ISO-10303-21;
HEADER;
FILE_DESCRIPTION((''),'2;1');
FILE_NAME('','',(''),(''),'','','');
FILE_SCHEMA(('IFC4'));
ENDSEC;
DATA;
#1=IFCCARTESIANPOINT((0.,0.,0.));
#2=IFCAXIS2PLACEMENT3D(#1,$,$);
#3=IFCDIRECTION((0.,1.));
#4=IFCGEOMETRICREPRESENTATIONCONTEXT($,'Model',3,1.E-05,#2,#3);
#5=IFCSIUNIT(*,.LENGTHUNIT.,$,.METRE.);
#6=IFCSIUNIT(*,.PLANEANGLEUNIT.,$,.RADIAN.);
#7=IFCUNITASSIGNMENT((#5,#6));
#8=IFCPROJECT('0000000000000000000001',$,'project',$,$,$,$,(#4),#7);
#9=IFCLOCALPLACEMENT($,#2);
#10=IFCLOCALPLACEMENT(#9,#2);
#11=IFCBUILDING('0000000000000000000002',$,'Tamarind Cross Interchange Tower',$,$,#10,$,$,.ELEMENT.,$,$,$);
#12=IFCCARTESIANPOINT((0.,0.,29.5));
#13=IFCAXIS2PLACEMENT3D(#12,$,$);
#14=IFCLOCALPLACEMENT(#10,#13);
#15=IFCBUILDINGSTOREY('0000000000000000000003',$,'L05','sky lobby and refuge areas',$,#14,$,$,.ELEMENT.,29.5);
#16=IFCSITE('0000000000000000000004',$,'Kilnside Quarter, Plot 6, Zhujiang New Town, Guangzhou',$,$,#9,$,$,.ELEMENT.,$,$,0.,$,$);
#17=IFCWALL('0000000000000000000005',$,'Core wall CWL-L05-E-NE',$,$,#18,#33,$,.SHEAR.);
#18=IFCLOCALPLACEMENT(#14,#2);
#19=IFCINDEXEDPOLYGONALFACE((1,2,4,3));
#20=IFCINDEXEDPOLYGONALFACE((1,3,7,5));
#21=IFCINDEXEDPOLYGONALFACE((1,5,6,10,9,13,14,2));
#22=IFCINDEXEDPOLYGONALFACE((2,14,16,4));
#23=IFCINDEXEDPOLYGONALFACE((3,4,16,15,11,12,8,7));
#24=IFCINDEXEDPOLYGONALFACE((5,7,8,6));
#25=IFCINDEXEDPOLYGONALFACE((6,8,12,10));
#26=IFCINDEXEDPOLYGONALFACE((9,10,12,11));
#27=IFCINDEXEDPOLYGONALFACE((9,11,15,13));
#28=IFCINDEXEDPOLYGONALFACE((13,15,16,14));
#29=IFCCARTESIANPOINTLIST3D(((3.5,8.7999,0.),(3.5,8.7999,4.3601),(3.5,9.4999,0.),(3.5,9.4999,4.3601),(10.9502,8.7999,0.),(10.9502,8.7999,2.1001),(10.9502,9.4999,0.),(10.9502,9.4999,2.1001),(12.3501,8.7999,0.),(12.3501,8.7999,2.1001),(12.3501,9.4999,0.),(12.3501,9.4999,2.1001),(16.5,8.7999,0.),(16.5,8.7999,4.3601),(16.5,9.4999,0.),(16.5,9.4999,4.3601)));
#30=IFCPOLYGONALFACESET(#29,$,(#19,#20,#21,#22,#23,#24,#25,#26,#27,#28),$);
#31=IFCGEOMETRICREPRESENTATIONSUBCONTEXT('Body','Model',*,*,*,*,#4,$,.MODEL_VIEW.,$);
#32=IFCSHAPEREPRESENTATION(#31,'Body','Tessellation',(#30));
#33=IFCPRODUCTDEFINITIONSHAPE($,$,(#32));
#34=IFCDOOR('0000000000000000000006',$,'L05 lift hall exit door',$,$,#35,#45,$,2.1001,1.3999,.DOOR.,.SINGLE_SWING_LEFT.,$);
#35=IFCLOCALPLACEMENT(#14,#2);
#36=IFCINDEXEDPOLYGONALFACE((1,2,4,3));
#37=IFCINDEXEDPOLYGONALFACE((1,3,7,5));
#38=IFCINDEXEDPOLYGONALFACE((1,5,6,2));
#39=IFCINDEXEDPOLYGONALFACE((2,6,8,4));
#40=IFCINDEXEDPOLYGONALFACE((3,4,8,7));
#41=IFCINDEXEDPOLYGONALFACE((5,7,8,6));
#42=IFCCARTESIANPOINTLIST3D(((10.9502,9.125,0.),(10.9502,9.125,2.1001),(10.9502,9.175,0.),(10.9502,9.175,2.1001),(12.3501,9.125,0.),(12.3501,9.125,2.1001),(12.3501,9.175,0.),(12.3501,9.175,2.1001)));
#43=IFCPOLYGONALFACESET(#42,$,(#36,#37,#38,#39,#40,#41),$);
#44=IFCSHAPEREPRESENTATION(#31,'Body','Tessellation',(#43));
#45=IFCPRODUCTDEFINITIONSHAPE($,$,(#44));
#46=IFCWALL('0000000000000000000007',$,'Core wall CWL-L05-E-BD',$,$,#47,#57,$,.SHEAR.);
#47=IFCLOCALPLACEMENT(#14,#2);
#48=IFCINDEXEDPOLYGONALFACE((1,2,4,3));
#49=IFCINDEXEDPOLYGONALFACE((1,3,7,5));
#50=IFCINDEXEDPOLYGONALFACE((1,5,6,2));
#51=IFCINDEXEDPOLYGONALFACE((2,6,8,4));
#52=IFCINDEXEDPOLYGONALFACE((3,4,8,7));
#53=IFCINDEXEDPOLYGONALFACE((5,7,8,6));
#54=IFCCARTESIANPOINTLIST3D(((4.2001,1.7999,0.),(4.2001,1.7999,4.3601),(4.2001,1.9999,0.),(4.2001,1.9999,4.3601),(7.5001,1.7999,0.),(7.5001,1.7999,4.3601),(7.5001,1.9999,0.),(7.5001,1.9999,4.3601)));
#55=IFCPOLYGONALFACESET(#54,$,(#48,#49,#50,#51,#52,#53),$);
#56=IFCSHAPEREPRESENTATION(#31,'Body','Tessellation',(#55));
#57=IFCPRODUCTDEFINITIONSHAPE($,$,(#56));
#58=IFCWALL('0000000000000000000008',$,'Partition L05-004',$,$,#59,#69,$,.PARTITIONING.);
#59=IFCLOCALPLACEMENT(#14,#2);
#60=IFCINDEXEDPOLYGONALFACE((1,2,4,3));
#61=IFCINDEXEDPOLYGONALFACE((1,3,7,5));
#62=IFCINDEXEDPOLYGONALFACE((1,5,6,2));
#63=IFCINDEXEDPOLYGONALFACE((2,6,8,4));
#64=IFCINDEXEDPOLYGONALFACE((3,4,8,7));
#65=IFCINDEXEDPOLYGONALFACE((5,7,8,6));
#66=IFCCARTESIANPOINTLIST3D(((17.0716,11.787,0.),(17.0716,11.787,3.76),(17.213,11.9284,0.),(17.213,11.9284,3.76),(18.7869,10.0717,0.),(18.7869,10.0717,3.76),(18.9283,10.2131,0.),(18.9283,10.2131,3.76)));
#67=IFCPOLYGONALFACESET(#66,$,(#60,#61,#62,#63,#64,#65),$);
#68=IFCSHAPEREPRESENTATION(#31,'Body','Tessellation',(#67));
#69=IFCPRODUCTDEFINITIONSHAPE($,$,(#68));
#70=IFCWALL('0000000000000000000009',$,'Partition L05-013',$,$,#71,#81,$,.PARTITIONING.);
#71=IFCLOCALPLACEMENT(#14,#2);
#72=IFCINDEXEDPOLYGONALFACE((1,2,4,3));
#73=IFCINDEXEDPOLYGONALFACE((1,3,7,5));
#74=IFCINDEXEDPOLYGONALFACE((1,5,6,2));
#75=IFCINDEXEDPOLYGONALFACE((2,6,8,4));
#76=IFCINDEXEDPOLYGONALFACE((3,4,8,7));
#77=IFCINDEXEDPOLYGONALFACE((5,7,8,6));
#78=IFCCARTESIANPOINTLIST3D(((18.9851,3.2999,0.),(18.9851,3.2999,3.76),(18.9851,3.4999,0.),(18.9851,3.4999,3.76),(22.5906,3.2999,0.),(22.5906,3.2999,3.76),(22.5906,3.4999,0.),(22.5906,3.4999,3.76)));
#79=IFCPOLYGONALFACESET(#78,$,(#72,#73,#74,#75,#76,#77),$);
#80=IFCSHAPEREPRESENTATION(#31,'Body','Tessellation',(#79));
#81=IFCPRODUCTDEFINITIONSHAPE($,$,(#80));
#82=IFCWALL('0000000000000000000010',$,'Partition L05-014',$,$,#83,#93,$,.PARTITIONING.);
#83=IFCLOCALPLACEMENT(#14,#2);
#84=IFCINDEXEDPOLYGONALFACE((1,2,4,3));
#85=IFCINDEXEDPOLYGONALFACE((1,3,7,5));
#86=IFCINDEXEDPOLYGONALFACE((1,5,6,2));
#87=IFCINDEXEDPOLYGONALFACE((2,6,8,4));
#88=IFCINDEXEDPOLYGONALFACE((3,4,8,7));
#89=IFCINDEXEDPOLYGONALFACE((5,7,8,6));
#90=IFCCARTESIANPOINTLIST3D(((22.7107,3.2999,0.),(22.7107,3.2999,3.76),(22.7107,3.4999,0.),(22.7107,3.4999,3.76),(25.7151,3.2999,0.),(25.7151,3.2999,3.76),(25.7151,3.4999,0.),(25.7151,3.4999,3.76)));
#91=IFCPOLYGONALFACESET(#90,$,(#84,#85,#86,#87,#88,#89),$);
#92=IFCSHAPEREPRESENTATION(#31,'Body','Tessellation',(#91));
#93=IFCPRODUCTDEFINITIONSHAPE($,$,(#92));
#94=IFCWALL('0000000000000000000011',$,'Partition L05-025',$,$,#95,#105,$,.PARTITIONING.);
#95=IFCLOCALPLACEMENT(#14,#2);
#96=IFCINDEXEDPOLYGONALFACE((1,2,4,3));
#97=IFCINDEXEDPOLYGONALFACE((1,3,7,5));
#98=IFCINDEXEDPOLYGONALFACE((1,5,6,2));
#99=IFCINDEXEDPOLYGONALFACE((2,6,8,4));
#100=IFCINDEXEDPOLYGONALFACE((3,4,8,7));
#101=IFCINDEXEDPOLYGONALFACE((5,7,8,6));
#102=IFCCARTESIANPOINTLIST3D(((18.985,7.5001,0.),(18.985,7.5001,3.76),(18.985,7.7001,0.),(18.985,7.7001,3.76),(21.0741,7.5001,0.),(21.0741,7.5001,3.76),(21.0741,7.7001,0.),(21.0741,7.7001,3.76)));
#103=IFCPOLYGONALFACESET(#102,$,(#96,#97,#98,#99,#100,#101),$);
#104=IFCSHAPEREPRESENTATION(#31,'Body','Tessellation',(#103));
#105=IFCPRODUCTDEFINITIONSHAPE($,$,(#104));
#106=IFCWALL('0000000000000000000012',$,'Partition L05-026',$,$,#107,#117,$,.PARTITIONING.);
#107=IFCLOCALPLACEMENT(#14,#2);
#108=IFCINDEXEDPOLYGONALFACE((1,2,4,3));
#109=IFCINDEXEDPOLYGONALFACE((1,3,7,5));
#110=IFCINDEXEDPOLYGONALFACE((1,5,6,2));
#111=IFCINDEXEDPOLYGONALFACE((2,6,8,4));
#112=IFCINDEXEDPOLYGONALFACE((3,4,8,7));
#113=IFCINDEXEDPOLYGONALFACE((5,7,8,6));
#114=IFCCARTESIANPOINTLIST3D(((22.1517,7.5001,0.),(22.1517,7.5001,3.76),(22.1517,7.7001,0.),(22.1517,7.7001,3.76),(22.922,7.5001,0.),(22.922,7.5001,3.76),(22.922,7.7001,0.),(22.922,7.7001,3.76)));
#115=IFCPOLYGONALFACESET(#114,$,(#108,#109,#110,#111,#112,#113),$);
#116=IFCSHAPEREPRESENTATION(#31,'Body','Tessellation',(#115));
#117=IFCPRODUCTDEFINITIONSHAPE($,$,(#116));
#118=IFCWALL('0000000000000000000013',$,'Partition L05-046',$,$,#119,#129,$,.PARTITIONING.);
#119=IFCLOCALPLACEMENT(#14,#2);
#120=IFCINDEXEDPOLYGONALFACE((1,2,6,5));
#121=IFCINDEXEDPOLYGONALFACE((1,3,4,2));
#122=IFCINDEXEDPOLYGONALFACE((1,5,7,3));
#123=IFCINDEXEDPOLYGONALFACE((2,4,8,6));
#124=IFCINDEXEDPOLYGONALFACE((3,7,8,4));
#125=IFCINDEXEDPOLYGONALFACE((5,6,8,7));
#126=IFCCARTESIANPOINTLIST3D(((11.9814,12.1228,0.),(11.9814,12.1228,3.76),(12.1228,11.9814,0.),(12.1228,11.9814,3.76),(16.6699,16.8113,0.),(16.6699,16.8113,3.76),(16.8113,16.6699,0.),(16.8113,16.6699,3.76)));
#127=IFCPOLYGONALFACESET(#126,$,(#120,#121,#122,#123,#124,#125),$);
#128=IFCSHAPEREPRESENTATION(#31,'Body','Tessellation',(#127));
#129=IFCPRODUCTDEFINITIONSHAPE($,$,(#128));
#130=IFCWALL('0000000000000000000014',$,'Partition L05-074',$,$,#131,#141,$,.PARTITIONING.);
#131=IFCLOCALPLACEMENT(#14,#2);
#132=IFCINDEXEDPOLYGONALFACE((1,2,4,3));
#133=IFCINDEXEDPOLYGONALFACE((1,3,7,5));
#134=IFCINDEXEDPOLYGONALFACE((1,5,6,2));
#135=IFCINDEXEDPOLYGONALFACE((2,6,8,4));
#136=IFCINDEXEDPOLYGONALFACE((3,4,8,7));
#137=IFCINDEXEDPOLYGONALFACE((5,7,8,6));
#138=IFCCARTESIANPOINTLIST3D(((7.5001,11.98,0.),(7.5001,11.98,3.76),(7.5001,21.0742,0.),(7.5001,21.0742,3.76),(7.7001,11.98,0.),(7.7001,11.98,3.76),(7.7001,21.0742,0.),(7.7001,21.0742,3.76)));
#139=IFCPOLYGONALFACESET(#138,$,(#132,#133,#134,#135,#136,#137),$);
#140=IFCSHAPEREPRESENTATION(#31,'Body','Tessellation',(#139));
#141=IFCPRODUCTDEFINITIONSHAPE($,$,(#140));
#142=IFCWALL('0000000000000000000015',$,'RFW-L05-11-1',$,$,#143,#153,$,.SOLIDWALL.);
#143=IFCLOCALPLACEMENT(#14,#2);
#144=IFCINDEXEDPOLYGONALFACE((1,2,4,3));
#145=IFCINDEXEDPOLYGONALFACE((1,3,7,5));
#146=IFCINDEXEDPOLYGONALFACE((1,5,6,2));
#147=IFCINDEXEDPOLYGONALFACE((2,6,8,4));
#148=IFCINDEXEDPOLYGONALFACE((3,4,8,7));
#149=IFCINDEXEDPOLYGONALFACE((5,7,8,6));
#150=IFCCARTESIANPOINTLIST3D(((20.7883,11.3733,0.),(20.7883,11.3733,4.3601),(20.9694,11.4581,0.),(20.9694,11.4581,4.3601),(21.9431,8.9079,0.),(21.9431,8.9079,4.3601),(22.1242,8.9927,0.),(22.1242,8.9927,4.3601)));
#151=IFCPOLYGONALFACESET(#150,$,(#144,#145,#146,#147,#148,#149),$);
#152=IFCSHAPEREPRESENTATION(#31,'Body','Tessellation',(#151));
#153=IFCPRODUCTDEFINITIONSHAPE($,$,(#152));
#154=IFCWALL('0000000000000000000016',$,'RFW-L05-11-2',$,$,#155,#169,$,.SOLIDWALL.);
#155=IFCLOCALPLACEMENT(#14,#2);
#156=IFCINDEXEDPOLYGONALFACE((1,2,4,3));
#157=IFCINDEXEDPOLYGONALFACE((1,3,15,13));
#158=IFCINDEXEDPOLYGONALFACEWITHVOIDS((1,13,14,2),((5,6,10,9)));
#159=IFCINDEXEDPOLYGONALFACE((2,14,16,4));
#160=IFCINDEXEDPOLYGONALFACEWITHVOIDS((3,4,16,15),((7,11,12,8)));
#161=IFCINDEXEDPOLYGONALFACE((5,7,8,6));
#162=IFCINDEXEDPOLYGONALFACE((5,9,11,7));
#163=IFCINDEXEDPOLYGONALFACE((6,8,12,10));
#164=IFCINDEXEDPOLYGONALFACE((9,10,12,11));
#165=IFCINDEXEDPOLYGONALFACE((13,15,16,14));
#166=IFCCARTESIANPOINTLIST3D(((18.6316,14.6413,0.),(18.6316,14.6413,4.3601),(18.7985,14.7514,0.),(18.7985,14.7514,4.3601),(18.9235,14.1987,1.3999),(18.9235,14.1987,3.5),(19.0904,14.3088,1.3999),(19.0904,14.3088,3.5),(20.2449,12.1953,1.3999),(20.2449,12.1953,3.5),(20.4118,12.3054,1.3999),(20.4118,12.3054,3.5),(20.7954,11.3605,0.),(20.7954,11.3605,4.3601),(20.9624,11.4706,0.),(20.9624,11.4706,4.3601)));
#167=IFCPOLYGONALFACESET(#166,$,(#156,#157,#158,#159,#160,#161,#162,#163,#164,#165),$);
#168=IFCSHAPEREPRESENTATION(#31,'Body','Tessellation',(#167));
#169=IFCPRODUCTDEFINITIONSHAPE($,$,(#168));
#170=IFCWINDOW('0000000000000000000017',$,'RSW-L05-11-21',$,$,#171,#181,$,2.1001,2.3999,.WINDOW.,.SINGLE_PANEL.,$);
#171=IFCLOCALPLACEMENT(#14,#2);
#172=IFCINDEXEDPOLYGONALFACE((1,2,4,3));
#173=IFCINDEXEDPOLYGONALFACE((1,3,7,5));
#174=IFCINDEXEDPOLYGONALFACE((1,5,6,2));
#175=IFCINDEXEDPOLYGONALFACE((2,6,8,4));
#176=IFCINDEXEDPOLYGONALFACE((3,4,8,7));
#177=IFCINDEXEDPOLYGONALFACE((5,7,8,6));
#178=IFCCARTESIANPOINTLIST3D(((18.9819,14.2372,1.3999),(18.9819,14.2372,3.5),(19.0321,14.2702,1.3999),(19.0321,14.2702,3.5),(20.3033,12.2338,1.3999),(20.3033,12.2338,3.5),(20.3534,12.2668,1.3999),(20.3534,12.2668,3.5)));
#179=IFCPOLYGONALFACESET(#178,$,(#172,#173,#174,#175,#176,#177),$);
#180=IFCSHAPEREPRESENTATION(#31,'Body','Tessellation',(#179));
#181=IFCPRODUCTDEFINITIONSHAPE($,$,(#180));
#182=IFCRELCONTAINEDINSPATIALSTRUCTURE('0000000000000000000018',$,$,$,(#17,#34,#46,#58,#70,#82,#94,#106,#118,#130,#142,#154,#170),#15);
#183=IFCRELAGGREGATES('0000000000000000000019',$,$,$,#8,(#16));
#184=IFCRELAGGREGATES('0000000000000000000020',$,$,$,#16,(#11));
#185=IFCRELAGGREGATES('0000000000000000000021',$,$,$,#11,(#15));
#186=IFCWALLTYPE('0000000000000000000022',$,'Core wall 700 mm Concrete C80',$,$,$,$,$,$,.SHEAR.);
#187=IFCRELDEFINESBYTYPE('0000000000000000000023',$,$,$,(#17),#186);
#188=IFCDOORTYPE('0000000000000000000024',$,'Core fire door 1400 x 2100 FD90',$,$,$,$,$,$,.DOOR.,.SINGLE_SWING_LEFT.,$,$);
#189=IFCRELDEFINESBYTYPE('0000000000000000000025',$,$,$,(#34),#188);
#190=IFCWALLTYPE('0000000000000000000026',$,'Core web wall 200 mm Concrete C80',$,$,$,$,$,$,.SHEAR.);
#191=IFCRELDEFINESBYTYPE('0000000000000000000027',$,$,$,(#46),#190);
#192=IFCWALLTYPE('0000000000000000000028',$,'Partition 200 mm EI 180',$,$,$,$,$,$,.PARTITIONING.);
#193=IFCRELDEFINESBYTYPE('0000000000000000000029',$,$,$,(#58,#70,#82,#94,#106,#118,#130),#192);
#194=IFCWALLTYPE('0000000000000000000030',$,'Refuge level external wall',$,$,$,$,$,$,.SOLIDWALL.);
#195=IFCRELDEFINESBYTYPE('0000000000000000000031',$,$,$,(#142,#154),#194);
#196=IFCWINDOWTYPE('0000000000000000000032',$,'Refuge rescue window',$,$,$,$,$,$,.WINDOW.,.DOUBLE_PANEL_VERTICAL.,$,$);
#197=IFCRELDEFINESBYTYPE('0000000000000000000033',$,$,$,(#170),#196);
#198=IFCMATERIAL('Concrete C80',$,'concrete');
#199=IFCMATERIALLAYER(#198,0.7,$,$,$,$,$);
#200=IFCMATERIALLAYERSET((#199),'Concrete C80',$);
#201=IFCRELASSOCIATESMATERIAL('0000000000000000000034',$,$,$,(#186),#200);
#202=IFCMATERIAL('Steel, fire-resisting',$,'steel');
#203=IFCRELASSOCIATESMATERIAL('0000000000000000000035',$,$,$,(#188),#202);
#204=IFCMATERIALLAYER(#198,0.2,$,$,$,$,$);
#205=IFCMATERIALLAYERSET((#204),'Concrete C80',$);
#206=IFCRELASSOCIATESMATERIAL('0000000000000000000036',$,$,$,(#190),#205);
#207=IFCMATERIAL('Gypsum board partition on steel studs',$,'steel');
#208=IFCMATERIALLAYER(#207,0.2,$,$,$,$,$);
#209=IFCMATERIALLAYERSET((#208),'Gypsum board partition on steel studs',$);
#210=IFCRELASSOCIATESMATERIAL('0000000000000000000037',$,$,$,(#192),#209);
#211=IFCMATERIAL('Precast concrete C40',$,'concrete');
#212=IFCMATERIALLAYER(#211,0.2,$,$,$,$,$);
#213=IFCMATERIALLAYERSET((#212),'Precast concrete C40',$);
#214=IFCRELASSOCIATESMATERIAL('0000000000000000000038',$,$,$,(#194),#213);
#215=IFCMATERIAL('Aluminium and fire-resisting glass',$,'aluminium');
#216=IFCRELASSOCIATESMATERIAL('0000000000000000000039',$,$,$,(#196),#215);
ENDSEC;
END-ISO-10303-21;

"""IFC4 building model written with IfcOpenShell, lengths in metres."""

from ifc_helpers import new_model, si_unit, direction, frame, frame_2d, origin, place, context, subcontext, project, spatial, rectangle, extrude, material, layer, layer_set, type_object, element, fill, save


model = new_model("IFC4")

# Units and contexts
model_context = context("Model", 3, precision=1e-05, world=origin(), true_north=direction((0.0, 1.0)))
body_context = subcontext(model_context, "Body", "Model", "MODEL_VIEW")
ifc_project = project(units=[si_unit("LENGTHUNIT", "METRE"), si_unit("PLANEANGLEUNIT", "RADIAN")], contexts=[model_context])

# Site, building, storey
site_placement = place(None, origin())
site = spatial("IfcSite", under=ifc_project, at=site_placement, Name="Kilnside Quarter, Plot 6, Zhujiang New Town, Guangzhou", CompositionType="ELEMENT", RefElevation=0.0)
building_placement = place(site_placement, origin())
building = spatial("IfcBuilding", under=site, at=building_placement, Name="Tamarind Cross Interchange Tower", CompositionType="ELEMENT")
storey_placement = place(building_placement, frame((0.0, 0.0, 29.5)))
storey = spatial("IfcBuildingStorey", under=building, at=storey_placement, Name="L05", Description="sky lobby and refuge areas", CompositionType="ELEMENT", Elevation=29.5)

# Wall, opening, door
ifc_material_1 = material(Name="Concrete C80", Category="concrete")
ifc_layer_1 = layer(ifc_material_1, 0.7)
ifc_layer_set_1 = layer_set([ifc_layer_1], Name="Concrete C80")
wall_type_1 = type_object("IfcWallType", Name="Core wall 700 mm Concrete C80", PredefinedType="SHEAR", material=ifc_layer_set_1)
wall_1_placement = place(storey_placement, frame((16.5, 9.1499, 0.0), z_axis=(0.0, 0.0, 1.0), x_axis=(-1.0, 0.0, 0.0)))
wall_1 = element("IfcWall", 1, at=wall_1_placement, inside=storey, type_object=wall_type_1, Name="Core wall CWL-L05-E-NE", PredefinedType="SHEAR", context=body_context, shape_type="SweptSolid", body=[
    extrude(rectangle(XDim=13.0, YDim=0.7, at=frame_2d((6.5, 0.0))), origin(), (0.0, 0.0, 1.0), 4.3601),
])
opening_1_placement = place(wall_1_placement, frame((4.1499, 0.0, 0.0)))
opening_1 = element("IfcOpeningElement", 2, at=opening_1_placement, cuts=wall_1, PredefinedType="OPENING", context=body_context, shape_type="SweptSolid", body=[
    extrude(rectangle(XDim=1.3999, YDim=2.1001, at=frame_2d((0.7, 1.05))), frame((0.0, 0.3599, 0.0), z_axis=(0.0, -1.0, 0.0), x_axis=(1.0, 0.0, 0.0)), (0.0, 0.0, 1.0), 0.72),
])
ifc_material_2 = material(Name="Steel, fire-resisting", Category="steel")
door_type = type_object("IfcDoorType", Name="Core fire door 1400 x 2100 FD90", OperationType="SINGLE_SWING_LEFT", PredefinedType="DOOR", material=ifc_material_2)
door_placement = place(opening_1_placement, origin())
door = element("IfcDoor", 3, at=door_placement, inside=storey, type_object=door_type, Name="L05 lift hall exit door", OperationType="SINGLE_SWING_LEFT", OverallHeight=2.1001, OverallWidth=1.3999, PredefinedType="DOOR", context=body_context, shape_type="SweptSolid", body=[
    extrude(rectangle(XDim=1.3999, YDim=2.1001, at=frame_2d((0.7, 1.05))), frame((0.0, 0.0249, 0.0), z_axis=(0.0, -1.0, 0.0), x_axis=(1.0, 0.0, 0.0)), (0.0, 0.0, 1.0), 0.05),
])
fill(opening_1, door)

# Walls
ifc_layer_2 = layer(ifc_material_1, 0.2)
ifc_layer_set_2 = layer_set([ifc_layer_2], Name="Concrete C80")
wall_type_2 = type_object("IfcWallType", Name="Core web wall 200 mm Concrete C80", PredefinedType="SHEAR", material=ifc_layer_set_2)
wall_2_placement = place(storey_placement, frame((7.5, 1.8999, 0.0), z_axis=(0.0, 0.0, 1.0), x_axis=(-1.0, 0.0, 0.0)))
element("IfcWall", 4, at=wall_2_placement, inside=storey, type_object=wall_type_2, Name="Core wall CWL-L05-E-BD", PredefinedType="SHEAR", context=body_context, shape_type="SweptSolid", body=[
    extrude(rectangle(XDim=3.3, YDim=0.2, at=frame_2d((1.6499, 0.0))), origin(), (0.0, 0.0, 1.0), 4.3601),
])
ifc_material_3 = material(Name="Gypsum board partition on steel studs", Category="steel")
ifc_layer_3 = layer(ifc_material_3, 0.2)
ifc_layer_set_3 = layer_set([ifc_layer_3], Name="Gypsum board partition on steel studs")
wall_type_3 = type_object("IfcWallType", Name="Partition 200 mm EI 180", PredefinedType="PARTITIONING", material=ifc_layer_set_3)
wall_3_placement = place(storey_placement, frame((17.1423, 11.8577, 0.0), z_axis=(0.0, 0.0, 1.0), x_axis=(0.707107, -0.707107, 0.0)))
element("IfcWall", 5, at=wall_3_placement, inside=storey, type_object=wall_type_3, Name="Partition L05-004", PredefinedType="PARTITIONING", context=body_context, shape_type="SweptSolid", body=[
    extrude(rectangle(XDim=2.4258, YDim=0.2, at=frame_2d((1.2129, 0.0))), origin(), (0.0, 0.0, 1.0), 3.76),
])
wall_4_placement = place(storey_placement, frame((18.9851, 3.3999, 0.0), z_axis=(0.0, 0.0, 1.0), x_axis=(1.0, 0.0, 0.0)))
element("IfcWall", 6, at=wall_4_placement, inside=storey, type_object=wall_type_3, Name="Partition L05-013", PredefinedType="PARTITIONING", context=body_context, shape_type="SweptSolid", body=[
    extrude(rectangle(XDim=3.6055, YDim=0.2, at=frame_2d((1.8027, 0.0))), origin(), (0.0, 0.0, 1.0), 3.76),
])
wall_5_placement = place(storey_placement, frame((22.7107, 3.3999, 0.0), z_axis=(0.0, 0.0, 1.0), x_axis=(1.0, 0.0, 0.0)))
element("IfcWall", 7, at=wall_5_placement, inside=storey, type_object=wall_type_3, Name="Partition L05-014", PredefinedType="PARTITIONING", context=body_context, shape_type="SweptSolid", body=[
    extrude(rectangle(XDim=3.0044, YDim=0.2, at=frame_2d((1.5022, 0.0))), origin(), (0.0, 0.0, 1.0), 3.76),
])
wall_6_placement = place(storey_placement, frame((18.9851, 7.6001, 0.0), z_axis=(0.0, 0.0, 1.0), x_axis=(1.0, 0.0, 0.0)))
element("IfcWall", 8, at=wall_6_placement, inside=storey, type_object=wall_type_3, Name="Partition L05-025", PredefinedType="PARTITIONING", context=body_context, shape_type="SweptSolid", body=[
    extrude(rectangle(XDim=2.0891, YDim=0.2, at=frame_2d((1.0444, 0.0))), origin(), (0.0, 0.0, 1.0), 3.76),
])
wall_7_placement = place(storey_placement, frame((22.1516, 7.6001, 0.0), z_axis=(0.0, 0.0, 1.0), x_axis=(1.0, 0.0, 0.0)))
element("IfcWall", 9, at=wall_7_placement, inside=storey, type_object=wall_type_3, Name="Partition L05-026", PredefinedType="PARTITIONING", context=body_context, shape_type="SweptSolid", body=[
    extrude(rectangle(XDim=0.7703, YDim=0.2, at=frame_2d((0.3853, 0.0))), origin(), (0.0, 0.0, 1.0), 3.76),
])
wall_8_placement = place(storey_placement, frame((12.052, 12.052, 0.0), z_axis=(0.0, 0.0, 1.0), x_axis=(0.707107, 0.707107, 0.0)))
element("IfcWall", 10, at=wall_8_placement, inside=storey, type_object=wall_type_3, Name="Partition L05-046", PredefinedType="PARTITIONING", context=body_context, shape_type="SweptSolid", body=[
    extrude(rectangle(XDim=6.6306, YDim=0.2, at=frame_2d((3.3154, 0.0))), origin(), (0.0, 0.0, 1.0), 3.76),
])
wall_9_placement = place(storey_placement, frame((7.6001, 11.98, 0.0), z_axis=(0.0, 0.0, 1.0), x_axis=(0.0, 1.0, 0.0)))
element("IfcWall", 11, at=wall_9_placement, inside=storey, type_object=wall_type_3, Name="Partition L05-074", PredefinedType="PARTITIONING", context=body_context, shape_type="SweptSolid", body=[
    extrude(rectangle(XDim=9.0942, YDim=0.2, at=frame_2d((4.5471, 0.0))), origin(), (0.0, 0.0, 1.0), 3.76),
])
ifc_material_4 = material(Name="Precast concrete C40", Category="concrete")
ifc_layer_4 = layer(ifc_material_4, 0.2)
ifc_layer_set_4 = layer_set([ifc_layer_4], Name="Precast concrete C40")
wall_type_4 = type_object("IfcWallType", Name="Refuge level external wall", PredefinedType="SOLIDWALL", material=ifc_layer_set_4)
wall_10_placement = place(storey_placement, frame((22.0337, 8.9502, 0.0), z_axis=(0.0, 0.0, 1.0), x_axis=(-0.424181, 0.905577, 0.0)))
element("IfcWall", 12, at=wall_10_placement, inside=storey, type_object=wall_type_4, Name="RFW-L05-11-1", PredefinedType="SOLIDWALL", context=body_context, shape_type="SweptSolid", body=[
    extrude(rectangle(XDim=2.7224, YDim=0.2, at=frame_2d((1.3613, 0.0))), origin(), (0.0, 0.0, 1.0), 4.3601),
])

# Wall, opening, window
wall_11_placement = place(storey_placement, frame((20.8789, 11.4155, 0.0), z_axis=(0.0, 0.0, 1.0), x_axis=(-0.550579, 0.834783, 0.0)))
wall_11 = element("IfcWall", 13, at=wall_11_placement, inside=storey, type_object=wall_type_4, Name="RFW-L05-11-2", PredefinedType="SOLIDWALL", context=body_context, shape_type="SweptSolid", body=[
    extrude(rectangle(XDim=3.9302, YDim=0.2, at=frame_2d((1.9651, 0.0))), origin(), (0.0, 0.0, 1.0), 4.3601),
])
opening_2_placement = place(wall_11_placement, frame((1.0, 0.0, 1.3999)))
opening_2 = element("IfcOpeningElement", 14, at=opening_2_placement, cuts=wall_11, PredefinedType="OPENING", context=body_context, shape_type="SweptSolid", body=[
    extrude(rectangle(XDim=2.3999, YDim=2.1001, at=frame_2d((1.2, 1.05))), frame((0.0, 0.1099, 0.0), z_axis=(0.0, -1.0, 0.0), x_axis=(1.0, 0.0, 0.0)), (0.0, 0.0, 1.0), 0.22),
])
ifc_material_5 = material(Name="Aluminium and fire-resisting glass", Category="aluminium")
window_type = type_object("IfcWindowType", Name="Refuge rescue window", PartitioningType="DOUBLE_PANEL_VERTICAL", PredefinedType="WINDOW", material=ifc_material_5)
window_placement = place(opening_2_placement, origin())
window = element("IfcWindow", 15, at=window_placement, inside=storey, type_object=window_type, Name="RSW-L05-11-21", OverallHeight=2.1001, OverallWidth=2.3999, PartitioningType="SINGLE_PANEL", PredefinedType="WINDOW", context=body_context, shape_type="SweptSolid", body=[
    extrude(rectangle(XDim=2.3999, YDim=2.1001, at=frame_2d((1.2, 1.05))), frame((0.0, 0.03, 0.0), z_axis=(0.0, -1.0, 0.0), x_axis=(1.0, 0.0, 0.0)), (0.0, 0.0, 1.0), 0.0601),
])
fill(opening_2, window)

save(model, "model.ifc")
